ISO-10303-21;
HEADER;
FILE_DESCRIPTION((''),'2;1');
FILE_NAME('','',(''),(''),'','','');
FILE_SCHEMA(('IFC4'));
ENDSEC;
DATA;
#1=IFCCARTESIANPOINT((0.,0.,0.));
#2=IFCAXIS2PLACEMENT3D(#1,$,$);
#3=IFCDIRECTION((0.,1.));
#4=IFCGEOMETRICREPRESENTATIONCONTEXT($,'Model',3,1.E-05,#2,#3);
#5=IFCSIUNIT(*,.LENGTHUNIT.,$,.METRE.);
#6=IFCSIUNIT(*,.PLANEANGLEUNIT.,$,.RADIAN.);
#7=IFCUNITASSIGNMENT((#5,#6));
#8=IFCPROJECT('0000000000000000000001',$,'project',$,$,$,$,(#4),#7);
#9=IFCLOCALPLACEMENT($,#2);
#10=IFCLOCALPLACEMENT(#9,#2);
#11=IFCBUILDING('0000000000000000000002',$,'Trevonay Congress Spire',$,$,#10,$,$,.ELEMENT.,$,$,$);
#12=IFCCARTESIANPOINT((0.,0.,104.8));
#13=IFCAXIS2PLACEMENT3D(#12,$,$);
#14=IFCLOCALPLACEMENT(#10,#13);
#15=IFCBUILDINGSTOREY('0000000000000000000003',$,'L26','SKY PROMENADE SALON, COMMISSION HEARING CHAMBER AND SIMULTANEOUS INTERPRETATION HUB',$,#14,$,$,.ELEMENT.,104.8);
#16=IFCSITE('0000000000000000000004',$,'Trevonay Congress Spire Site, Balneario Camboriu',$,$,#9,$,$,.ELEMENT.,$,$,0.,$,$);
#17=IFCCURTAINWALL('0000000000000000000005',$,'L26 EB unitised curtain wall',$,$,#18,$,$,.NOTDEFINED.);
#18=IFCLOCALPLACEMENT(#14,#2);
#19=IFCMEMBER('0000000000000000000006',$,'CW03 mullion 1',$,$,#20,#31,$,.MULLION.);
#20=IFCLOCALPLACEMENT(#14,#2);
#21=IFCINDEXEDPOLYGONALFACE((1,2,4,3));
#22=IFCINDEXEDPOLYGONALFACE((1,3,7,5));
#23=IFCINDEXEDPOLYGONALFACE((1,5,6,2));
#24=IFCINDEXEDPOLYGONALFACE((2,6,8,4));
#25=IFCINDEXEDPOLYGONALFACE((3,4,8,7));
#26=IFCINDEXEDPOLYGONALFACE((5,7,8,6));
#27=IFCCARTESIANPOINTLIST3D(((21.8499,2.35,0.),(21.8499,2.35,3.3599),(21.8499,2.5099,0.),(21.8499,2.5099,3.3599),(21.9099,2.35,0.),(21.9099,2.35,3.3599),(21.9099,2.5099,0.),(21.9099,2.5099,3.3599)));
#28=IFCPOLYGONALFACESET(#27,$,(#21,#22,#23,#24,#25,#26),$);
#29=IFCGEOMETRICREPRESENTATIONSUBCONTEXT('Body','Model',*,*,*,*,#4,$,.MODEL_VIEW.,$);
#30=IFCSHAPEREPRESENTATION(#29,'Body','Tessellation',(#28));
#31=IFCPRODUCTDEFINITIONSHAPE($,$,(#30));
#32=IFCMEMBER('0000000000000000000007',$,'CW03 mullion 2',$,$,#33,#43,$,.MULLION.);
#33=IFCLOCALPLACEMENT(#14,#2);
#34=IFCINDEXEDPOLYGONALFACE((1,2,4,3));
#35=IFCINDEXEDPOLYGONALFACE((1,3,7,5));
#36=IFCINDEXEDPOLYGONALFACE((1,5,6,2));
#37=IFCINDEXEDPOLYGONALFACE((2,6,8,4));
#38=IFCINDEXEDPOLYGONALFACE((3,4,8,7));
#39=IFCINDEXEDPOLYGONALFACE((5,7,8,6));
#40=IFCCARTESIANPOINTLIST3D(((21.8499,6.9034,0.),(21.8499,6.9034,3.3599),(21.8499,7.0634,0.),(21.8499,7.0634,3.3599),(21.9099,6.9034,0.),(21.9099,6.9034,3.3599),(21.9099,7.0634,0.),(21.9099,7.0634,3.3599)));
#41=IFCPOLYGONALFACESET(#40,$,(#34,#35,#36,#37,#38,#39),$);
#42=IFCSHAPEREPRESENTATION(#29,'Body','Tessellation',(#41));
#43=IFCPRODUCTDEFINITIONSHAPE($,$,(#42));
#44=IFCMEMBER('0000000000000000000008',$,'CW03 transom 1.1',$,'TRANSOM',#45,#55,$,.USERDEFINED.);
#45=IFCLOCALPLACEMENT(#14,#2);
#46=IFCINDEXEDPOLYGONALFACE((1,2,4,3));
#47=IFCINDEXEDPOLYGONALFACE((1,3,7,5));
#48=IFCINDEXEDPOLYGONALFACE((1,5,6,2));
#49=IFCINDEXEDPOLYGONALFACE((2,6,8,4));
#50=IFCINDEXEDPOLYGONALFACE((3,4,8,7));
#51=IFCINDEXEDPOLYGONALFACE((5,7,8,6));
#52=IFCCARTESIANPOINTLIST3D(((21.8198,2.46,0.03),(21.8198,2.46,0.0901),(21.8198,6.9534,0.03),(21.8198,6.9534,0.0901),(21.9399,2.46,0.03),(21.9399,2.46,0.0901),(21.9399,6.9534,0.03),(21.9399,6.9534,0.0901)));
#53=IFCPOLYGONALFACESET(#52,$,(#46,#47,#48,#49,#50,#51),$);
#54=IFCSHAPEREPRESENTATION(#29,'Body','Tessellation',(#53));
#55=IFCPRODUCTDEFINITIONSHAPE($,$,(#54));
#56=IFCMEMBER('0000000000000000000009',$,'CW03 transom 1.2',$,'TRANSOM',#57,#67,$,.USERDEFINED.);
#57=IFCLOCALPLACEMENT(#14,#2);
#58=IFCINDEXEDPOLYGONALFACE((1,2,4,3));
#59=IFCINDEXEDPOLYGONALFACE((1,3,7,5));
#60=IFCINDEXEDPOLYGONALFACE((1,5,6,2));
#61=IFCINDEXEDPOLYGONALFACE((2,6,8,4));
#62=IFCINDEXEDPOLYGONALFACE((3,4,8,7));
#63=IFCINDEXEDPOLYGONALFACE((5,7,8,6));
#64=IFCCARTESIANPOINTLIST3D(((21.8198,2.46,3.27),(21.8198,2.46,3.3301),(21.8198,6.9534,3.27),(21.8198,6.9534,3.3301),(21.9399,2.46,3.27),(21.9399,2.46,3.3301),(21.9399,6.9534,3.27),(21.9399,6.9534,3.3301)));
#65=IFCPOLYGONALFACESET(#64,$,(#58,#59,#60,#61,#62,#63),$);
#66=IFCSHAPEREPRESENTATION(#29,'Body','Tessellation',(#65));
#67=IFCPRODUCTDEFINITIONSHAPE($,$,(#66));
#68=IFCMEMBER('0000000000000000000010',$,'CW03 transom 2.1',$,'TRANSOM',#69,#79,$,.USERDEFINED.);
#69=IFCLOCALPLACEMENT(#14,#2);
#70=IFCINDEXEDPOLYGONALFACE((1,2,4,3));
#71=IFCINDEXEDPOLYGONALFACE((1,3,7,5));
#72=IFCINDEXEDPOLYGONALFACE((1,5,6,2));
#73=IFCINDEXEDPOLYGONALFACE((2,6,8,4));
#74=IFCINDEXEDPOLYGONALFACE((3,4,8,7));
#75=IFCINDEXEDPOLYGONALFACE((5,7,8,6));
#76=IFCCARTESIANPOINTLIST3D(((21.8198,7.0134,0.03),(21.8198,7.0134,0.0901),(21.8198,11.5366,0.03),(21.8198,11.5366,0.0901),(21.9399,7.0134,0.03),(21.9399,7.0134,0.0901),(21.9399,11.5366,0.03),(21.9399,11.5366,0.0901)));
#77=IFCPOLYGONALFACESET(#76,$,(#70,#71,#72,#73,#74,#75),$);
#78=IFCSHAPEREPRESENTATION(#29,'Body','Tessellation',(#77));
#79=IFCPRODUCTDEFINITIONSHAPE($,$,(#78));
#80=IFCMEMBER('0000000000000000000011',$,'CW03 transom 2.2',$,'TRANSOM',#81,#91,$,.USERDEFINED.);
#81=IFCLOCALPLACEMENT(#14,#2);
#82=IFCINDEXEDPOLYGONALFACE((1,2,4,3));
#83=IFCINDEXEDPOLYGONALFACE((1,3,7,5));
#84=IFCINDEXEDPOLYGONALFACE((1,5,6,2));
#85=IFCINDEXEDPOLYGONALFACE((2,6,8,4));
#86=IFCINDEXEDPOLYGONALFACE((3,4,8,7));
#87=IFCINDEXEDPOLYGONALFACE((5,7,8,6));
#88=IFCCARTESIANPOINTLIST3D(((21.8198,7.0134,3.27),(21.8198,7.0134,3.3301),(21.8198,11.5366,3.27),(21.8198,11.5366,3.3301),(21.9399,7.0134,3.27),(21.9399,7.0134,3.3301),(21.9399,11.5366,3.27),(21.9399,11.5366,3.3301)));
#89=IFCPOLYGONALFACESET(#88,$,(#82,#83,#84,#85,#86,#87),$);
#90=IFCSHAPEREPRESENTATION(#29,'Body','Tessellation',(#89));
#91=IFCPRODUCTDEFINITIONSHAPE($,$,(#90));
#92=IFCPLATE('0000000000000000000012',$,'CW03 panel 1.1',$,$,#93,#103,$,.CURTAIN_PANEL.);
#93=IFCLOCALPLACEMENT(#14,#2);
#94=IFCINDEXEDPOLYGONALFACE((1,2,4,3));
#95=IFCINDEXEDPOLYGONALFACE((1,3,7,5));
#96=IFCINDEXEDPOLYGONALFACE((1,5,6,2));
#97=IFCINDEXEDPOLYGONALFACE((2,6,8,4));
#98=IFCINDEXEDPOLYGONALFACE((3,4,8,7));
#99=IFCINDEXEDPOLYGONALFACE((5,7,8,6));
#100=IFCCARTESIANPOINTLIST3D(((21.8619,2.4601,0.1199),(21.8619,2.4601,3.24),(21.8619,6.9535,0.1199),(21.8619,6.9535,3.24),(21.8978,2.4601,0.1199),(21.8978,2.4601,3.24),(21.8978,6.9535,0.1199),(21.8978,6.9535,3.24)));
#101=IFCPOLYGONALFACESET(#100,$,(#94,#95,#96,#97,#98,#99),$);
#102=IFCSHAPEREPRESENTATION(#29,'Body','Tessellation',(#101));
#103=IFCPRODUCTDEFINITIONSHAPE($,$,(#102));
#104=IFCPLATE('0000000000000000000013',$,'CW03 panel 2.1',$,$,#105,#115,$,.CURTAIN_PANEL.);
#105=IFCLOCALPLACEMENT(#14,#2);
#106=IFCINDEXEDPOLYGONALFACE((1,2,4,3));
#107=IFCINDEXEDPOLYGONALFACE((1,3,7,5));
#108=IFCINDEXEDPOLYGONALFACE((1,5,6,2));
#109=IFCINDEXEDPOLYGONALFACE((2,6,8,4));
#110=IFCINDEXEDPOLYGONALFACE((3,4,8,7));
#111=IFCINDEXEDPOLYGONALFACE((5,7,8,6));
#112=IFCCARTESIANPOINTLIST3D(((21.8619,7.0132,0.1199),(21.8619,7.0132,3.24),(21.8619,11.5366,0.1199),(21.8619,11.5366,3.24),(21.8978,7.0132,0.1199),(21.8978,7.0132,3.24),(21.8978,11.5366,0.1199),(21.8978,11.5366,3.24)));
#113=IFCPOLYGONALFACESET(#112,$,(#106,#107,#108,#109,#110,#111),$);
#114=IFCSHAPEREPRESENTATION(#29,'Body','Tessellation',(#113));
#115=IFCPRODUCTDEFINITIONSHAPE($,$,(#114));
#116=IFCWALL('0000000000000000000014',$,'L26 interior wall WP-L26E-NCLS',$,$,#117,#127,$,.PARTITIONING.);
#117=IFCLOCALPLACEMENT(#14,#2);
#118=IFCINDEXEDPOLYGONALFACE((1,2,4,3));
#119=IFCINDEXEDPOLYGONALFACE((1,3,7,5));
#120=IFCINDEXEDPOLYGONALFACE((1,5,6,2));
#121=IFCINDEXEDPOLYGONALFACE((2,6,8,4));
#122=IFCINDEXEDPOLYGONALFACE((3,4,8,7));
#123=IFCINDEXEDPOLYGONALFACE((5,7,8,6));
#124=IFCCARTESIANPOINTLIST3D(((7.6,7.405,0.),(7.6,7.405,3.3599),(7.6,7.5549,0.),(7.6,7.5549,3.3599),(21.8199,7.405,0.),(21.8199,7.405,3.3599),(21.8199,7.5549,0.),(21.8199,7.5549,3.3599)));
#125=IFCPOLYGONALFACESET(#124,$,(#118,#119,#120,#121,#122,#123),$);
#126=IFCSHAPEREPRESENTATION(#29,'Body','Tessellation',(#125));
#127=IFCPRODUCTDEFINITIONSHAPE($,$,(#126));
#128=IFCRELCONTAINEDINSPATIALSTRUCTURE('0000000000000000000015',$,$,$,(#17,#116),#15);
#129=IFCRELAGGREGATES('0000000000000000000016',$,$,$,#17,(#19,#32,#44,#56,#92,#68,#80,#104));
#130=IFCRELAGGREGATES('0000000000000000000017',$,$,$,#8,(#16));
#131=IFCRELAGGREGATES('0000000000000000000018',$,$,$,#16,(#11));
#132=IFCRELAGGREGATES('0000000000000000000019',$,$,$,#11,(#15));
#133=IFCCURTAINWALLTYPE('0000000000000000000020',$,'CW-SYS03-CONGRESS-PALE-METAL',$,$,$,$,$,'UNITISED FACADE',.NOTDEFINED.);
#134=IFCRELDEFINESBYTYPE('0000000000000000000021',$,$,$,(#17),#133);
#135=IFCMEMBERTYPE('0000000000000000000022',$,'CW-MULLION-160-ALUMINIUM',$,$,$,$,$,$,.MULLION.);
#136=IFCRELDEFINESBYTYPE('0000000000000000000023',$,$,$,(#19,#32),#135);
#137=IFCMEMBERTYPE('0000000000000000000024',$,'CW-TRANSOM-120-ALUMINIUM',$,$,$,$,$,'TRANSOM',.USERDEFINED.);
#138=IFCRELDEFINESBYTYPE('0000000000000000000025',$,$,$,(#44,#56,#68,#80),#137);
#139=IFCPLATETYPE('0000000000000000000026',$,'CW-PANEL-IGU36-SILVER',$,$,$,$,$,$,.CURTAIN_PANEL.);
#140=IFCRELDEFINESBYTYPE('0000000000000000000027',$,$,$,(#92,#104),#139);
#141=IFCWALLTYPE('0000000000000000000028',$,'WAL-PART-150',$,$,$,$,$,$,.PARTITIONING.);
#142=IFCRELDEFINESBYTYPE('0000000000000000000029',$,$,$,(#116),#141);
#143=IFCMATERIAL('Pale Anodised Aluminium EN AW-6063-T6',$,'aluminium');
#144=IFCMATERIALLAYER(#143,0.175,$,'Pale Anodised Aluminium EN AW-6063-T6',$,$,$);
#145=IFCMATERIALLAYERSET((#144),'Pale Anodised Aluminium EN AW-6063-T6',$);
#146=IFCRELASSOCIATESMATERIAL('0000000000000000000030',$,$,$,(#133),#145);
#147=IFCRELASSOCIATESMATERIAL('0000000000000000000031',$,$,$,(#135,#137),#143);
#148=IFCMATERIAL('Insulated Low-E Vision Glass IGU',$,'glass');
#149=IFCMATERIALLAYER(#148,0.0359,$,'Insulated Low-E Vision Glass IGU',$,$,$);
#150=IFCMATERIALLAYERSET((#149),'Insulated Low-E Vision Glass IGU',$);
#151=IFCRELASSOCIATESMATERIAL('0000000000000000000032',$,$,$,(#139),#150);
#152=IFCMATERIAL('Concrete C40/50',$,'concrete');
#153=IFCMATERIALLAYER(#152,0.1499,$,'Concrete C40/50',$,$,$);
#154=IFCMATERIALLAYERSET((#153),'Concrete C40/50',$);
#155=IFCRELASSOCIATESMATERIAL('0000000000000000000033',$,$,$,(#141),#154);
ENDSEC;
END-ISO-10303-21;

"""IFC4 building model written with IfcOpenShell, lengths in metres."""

from ifc_helpers import new_model, si_unit, direction, frame, frame_2d, origin, origin_2d, place, context, subcontext, project, spatial, rectangle, extrude, material, layer, layer_set, material_profile, profile_set, type_object, element, aggregate, save


model = new_model("IFC4")

# Units and contexts
model_context = context("Model", 3, precision=1e-05, world=origin(), true_north=direction((0.0, 1.0)))
body_context = subcontext(model_context, "Body", "Model", "MODEL_VIEW")
ifc_project = project(units=[si_unit("LENGTHUNIT", "METRE"), si_unit("PLANEANGLEUNIT", "RADIAN")], contexts=[model_context])

# Site, building, storey
site_placement = place(None, origin())
site = spatial("IfcSite", under=ifc_project, at=site_placement, Name="Trevonay Congress Spire Site, Balneario Camboriu", CompositionType="ELEMENT", RefElevation=0.0)
building_placement = place(site_placement, origin())
building = spatial("IfcBuilding", under=site, at=building_placement, Name="Trevonay Congress Spire", CompositionType="ELEMENT")
storey_placement = place(building_placement, frame((0.0, 0.0, 104.8)))
storey = spatial("IfcBuildingStorey", under=building, at=storey_placement, Name="L26", Description="SKY PROMENADE SALON, COMMISSION HEARING CHAMBER AND SIMULTANEOUS INTERPRETATION HUB", CompositionType="ELEMENT", Elevation=104.8)

# Curtain wall, members, plates
ifc_material_1 = material(Name="Pale Anodised Aluminium EN AW-6063-T6", Category="aluminium")
ifc_layer_1 = layer(ifc_material_1, 0.175, Name="Pale Anodised Aluminium EN AW-6063-T6")
ifc_layer_set_1 = layer_set([ifc_layer_1], Name="Pale Anodised Aluminium EN AW-6063-T6")
curtain_wall_type = type_object("IfcCurtainWallType", Name="CW-SYS03-CONGRESS-PALE-METAL", ElementType="UNITISED FACADE", PredefinedType="NOTDEFINED", material=ifc_layer_set_1)
curtain_wall_placement = place(storey_placement, origin())
curtain_wall = element("IfcCurtainWall", 1, at=curtain_wall_placement, inside=storey, type_object=curtain_wall_type, Name="L26 EB unitised curtain wall", PredefinedType="NOTDEFINED")
ifc_material_profile_1 = material_profile(ifc_material_1, rectangle(XDim=0.0601, YDim=0.1599, at=origin_2d()), Name="CW-MULLION-160-ALUMINIUM")
ifc_profile_set_1 = profile_set([ifc_material_profile_1], Name="Pale Anodised Aluminium EN AW-6063-T6")
member_type_1 = type_object("IfcMemberType", Name="CW-MULLION-160-ALUMINIUM", PredefinedType="MULLION", material=ifc_profile_set_1)
member_1_placement = place(storey_placement, frame((21.8799, 2.4299, 0.0), z_axis=(0.0, 0.0, 1.0), x_axis=(-1.0, 0.0, 0.0)))
member_1 = element("IfcMember", 2, at=member_1_placement, type_object=member_type_1, Name="CW03 mullion 1", PredefinedType="MULLION", context=body_context, shape_type="SweptSolid", body=[
    extrude(rectangle(XDim=0.0601, YDim=0.1599, at=origin_2d()), origin(), (0.0, 0.0, 1.0), 3.3599),
])
member_2_placement = place(storey_placement, frame((21.8799, 6.9834, 0.0), z_axis=(0.0, 0.0, 1.0), x_axis=(-1.0, 0.0, 0.0)))
member_2 = element("IfcMember", 3, at=member_2_placement, type_object=member_type_1, Name="CW03 mullion 2", PredefinedType="MULLION", context=body_context, shape_type="SweptSolid", body=[
    extrude(rectangle(XDim=0.0601, YDim=0.1599, at=origin_2d()), origin(), (0.0, 0.0, 1.0), 3.3599),
])
ifc_material_profile_2 = material_profile(ifc_material_1, rectangle(XDim=0.1201, YDim=0.0601, at=origin_2d()), Name="CW-TRANSOM-120-ALUMINIUM")
ifc_profile_set_2 = profile_set([ifc_material_profile_2], Name="Pale Anodised Aluminium EN AW-6063-T6")
member_type_2 = type_object("IfcMemberType", Name="CW-TRANSOM-120-ALUMINIUM", ElementType="TRANSOM", PredefinedType="USERDEFINED", material=ifc_profile_set_2)
member_3_placement = place(storey_placement, frame((21.8799, 2.46, 0.0601), z_axis=(0.0, 1.0, 0.0), x_axis=(-1.0, 0.0, 0.0)))
member_3 = element("IfcMember", 4, at=member_3_placement, type_object=member_type_2, Name="CW03 transom 1.1", ObjectType="TRANSOM", PredefinedType="USERDEFINED", context=body_context, shape_type="SweptSolid", body=[
    extrude(rectangle(XDim=0.1201, YDim=0.0601, at=origin_2d()), origin(), (0.0, 0.0, 1.0), 4.4934),
])
member_4_placement = place(storey_placement, frame((21.8799, 2.46, 3.3), z_axis=(0.0, 1.0, 0.0), x_axis=(-1.0, 0.0, 0.0)))
member_4 = element("IfcMember", 5, at=member_4_placement, type_object=member_type_2, Name="CW03 transom 1.2", ObjectType="TRANSOM", PredefinedType="USERDEFINED", context=body_context, shape_type="SweptSolid", body=[
    extrude(rectangle(XDim=0.1201, YDim=0.0601, at=origin_2d()), origin(), (0.0, 0.0, 1.0), 4.4934),
])
member_5_placement = place(storey_placement, frame((21.8799, 7.0134, 0.0601), z_axis=(0.0, 1.0, 0.0), x_axis=(-1.0, 0.0, 0.0)))
member_5 = element("IfcMember", 6, at=member_5_placement, type_object=member_type_2, Name="CW03 transom 2.1", ObjectType="TRANSOM", PredefinedType="USERDEFINED", context=body_context, shape_type="SweptSolid", body=[
    extrude(rectangle(XDim=0.1201, YDim=0.0601, at=origin_2d()), origin(), (0.0, 0.0, 1.0), 4.5232),
])
member_6_placement = place(storey_placement, frame((21.8799, 7.0134, 3.3), z_axis=(0.0, 1.0, 0.0), x_axis=(-1.0, 0.0, 0.0)))
member_6 = element("IfcMember", 7, at=member_6_placement, type_object=member_type_2, Name="CW03 transom 2.2", ObjectType="TRANSOM", PredefinedType="USERDEFINED", context=body_context, shape_type="SweptSolid", body=[
    extrude(rectangle(XDim=0.1201, YDim=0.0601, at=origin_2d()), origin(), (0.0, 0.0, 1.0), 4.5232),
])
ifc_material_2 = material(Name="Insulated Low-E Vision Glass IGU", Category="glass")
ifc_layer_2 = layer(ifc_material_2, 0.0359, Name="Insulated Low-E Vision Glass IGU")
ifc_layer_set_2 = layer_set([ifc_layer_2], Name="Insulated Low-E Vision Glass IGU")
plate_type = type_object("IfcPlateType", Name="CW-PANEL-IGU36-SILVER", PredefinedType="CURTAIN_PANEL", material=ifc_layer_set_2)
plate_1_placement = place(storey_placement, frame((21.8799, 4.7068, 0.1199), z_axis=(0.0, 0.0, 1.0), x_axis=(0.0, 1.0, 0.0)))
plate_1 = element("IfcPlate", 8, at=plate_1_placement, type_object=plate_type, Name="CW03 panel 1.1", PredefinedType="CURTAIN_PANEL", context=body_context, shape_type="SweptSolid", body=[
    extrude(rectangle(XDim=4.4934, YDim=0.0359, at=origin_2d()), origin(), (0.0, 0.0, 1.0), 3.1201),
])
plate_2_placement = place(storey_placement, frame((21.8799, 9.2749, 0.1199), z_axis=(0.0, 0.0, 1.0), x_axis=(0.0, 1.0, 0.0)))
plate_2 = element("IfcPlate", 9, at=plate_2_placement, type_object=plate_type, Name="CW03 panel 2.1", PredefinedType="CURTAIN_PANEL", context=body_context, shape_type="SweptSolid", body=[
    extrude(rectangle(XDim=4.5234, YDim=0.0359, at=origin_2d()), origin(), (0.0, 0.0, 1.0), 3.1201),
])
aggregate(curtain_wall, [member_1, member_2, member_3, member_4, plate_1, member_5, member_6, plate_2])

# Wall
ifc_material_3 = material(Name="Concrete C40/50", Category="concrete")
ifc_layer_3 = layer(ifc_material_3, 0.1499, Name="Concrete C40/50")
ifc_layer_set_3 = layer_set([ifc_layer_3], Name="Concrete C40/50")
wall_type = type_object("IfcWallType", Name="WAL-PART-150", PredefinedType="PARTITIONING", material=ifc_layer_set_3)
wall_placement = place(storey_placement, frame((7.6001, 7.48, 0.0), z_axis=(0.0, 0.0, 1.0), x_axis=(1.0, 0.0, 0.0)))
element("IfcWall", 10, at=wall_placement, inside=storey, type_object=wall_type, Name="L26 interior wall WP-L26E-NCLS", PredefinedType="PARTITIONING", context=body_context, shape_type="SweptSolid", body=[
    extrude(rectangle(XDim=14.22, YDim=0.1499, at=frame_2d((7.1099, 0.0))), origin(), (0.0, 0.0, 1.0), 3.3599),
])

save(model, "model.ifc")
